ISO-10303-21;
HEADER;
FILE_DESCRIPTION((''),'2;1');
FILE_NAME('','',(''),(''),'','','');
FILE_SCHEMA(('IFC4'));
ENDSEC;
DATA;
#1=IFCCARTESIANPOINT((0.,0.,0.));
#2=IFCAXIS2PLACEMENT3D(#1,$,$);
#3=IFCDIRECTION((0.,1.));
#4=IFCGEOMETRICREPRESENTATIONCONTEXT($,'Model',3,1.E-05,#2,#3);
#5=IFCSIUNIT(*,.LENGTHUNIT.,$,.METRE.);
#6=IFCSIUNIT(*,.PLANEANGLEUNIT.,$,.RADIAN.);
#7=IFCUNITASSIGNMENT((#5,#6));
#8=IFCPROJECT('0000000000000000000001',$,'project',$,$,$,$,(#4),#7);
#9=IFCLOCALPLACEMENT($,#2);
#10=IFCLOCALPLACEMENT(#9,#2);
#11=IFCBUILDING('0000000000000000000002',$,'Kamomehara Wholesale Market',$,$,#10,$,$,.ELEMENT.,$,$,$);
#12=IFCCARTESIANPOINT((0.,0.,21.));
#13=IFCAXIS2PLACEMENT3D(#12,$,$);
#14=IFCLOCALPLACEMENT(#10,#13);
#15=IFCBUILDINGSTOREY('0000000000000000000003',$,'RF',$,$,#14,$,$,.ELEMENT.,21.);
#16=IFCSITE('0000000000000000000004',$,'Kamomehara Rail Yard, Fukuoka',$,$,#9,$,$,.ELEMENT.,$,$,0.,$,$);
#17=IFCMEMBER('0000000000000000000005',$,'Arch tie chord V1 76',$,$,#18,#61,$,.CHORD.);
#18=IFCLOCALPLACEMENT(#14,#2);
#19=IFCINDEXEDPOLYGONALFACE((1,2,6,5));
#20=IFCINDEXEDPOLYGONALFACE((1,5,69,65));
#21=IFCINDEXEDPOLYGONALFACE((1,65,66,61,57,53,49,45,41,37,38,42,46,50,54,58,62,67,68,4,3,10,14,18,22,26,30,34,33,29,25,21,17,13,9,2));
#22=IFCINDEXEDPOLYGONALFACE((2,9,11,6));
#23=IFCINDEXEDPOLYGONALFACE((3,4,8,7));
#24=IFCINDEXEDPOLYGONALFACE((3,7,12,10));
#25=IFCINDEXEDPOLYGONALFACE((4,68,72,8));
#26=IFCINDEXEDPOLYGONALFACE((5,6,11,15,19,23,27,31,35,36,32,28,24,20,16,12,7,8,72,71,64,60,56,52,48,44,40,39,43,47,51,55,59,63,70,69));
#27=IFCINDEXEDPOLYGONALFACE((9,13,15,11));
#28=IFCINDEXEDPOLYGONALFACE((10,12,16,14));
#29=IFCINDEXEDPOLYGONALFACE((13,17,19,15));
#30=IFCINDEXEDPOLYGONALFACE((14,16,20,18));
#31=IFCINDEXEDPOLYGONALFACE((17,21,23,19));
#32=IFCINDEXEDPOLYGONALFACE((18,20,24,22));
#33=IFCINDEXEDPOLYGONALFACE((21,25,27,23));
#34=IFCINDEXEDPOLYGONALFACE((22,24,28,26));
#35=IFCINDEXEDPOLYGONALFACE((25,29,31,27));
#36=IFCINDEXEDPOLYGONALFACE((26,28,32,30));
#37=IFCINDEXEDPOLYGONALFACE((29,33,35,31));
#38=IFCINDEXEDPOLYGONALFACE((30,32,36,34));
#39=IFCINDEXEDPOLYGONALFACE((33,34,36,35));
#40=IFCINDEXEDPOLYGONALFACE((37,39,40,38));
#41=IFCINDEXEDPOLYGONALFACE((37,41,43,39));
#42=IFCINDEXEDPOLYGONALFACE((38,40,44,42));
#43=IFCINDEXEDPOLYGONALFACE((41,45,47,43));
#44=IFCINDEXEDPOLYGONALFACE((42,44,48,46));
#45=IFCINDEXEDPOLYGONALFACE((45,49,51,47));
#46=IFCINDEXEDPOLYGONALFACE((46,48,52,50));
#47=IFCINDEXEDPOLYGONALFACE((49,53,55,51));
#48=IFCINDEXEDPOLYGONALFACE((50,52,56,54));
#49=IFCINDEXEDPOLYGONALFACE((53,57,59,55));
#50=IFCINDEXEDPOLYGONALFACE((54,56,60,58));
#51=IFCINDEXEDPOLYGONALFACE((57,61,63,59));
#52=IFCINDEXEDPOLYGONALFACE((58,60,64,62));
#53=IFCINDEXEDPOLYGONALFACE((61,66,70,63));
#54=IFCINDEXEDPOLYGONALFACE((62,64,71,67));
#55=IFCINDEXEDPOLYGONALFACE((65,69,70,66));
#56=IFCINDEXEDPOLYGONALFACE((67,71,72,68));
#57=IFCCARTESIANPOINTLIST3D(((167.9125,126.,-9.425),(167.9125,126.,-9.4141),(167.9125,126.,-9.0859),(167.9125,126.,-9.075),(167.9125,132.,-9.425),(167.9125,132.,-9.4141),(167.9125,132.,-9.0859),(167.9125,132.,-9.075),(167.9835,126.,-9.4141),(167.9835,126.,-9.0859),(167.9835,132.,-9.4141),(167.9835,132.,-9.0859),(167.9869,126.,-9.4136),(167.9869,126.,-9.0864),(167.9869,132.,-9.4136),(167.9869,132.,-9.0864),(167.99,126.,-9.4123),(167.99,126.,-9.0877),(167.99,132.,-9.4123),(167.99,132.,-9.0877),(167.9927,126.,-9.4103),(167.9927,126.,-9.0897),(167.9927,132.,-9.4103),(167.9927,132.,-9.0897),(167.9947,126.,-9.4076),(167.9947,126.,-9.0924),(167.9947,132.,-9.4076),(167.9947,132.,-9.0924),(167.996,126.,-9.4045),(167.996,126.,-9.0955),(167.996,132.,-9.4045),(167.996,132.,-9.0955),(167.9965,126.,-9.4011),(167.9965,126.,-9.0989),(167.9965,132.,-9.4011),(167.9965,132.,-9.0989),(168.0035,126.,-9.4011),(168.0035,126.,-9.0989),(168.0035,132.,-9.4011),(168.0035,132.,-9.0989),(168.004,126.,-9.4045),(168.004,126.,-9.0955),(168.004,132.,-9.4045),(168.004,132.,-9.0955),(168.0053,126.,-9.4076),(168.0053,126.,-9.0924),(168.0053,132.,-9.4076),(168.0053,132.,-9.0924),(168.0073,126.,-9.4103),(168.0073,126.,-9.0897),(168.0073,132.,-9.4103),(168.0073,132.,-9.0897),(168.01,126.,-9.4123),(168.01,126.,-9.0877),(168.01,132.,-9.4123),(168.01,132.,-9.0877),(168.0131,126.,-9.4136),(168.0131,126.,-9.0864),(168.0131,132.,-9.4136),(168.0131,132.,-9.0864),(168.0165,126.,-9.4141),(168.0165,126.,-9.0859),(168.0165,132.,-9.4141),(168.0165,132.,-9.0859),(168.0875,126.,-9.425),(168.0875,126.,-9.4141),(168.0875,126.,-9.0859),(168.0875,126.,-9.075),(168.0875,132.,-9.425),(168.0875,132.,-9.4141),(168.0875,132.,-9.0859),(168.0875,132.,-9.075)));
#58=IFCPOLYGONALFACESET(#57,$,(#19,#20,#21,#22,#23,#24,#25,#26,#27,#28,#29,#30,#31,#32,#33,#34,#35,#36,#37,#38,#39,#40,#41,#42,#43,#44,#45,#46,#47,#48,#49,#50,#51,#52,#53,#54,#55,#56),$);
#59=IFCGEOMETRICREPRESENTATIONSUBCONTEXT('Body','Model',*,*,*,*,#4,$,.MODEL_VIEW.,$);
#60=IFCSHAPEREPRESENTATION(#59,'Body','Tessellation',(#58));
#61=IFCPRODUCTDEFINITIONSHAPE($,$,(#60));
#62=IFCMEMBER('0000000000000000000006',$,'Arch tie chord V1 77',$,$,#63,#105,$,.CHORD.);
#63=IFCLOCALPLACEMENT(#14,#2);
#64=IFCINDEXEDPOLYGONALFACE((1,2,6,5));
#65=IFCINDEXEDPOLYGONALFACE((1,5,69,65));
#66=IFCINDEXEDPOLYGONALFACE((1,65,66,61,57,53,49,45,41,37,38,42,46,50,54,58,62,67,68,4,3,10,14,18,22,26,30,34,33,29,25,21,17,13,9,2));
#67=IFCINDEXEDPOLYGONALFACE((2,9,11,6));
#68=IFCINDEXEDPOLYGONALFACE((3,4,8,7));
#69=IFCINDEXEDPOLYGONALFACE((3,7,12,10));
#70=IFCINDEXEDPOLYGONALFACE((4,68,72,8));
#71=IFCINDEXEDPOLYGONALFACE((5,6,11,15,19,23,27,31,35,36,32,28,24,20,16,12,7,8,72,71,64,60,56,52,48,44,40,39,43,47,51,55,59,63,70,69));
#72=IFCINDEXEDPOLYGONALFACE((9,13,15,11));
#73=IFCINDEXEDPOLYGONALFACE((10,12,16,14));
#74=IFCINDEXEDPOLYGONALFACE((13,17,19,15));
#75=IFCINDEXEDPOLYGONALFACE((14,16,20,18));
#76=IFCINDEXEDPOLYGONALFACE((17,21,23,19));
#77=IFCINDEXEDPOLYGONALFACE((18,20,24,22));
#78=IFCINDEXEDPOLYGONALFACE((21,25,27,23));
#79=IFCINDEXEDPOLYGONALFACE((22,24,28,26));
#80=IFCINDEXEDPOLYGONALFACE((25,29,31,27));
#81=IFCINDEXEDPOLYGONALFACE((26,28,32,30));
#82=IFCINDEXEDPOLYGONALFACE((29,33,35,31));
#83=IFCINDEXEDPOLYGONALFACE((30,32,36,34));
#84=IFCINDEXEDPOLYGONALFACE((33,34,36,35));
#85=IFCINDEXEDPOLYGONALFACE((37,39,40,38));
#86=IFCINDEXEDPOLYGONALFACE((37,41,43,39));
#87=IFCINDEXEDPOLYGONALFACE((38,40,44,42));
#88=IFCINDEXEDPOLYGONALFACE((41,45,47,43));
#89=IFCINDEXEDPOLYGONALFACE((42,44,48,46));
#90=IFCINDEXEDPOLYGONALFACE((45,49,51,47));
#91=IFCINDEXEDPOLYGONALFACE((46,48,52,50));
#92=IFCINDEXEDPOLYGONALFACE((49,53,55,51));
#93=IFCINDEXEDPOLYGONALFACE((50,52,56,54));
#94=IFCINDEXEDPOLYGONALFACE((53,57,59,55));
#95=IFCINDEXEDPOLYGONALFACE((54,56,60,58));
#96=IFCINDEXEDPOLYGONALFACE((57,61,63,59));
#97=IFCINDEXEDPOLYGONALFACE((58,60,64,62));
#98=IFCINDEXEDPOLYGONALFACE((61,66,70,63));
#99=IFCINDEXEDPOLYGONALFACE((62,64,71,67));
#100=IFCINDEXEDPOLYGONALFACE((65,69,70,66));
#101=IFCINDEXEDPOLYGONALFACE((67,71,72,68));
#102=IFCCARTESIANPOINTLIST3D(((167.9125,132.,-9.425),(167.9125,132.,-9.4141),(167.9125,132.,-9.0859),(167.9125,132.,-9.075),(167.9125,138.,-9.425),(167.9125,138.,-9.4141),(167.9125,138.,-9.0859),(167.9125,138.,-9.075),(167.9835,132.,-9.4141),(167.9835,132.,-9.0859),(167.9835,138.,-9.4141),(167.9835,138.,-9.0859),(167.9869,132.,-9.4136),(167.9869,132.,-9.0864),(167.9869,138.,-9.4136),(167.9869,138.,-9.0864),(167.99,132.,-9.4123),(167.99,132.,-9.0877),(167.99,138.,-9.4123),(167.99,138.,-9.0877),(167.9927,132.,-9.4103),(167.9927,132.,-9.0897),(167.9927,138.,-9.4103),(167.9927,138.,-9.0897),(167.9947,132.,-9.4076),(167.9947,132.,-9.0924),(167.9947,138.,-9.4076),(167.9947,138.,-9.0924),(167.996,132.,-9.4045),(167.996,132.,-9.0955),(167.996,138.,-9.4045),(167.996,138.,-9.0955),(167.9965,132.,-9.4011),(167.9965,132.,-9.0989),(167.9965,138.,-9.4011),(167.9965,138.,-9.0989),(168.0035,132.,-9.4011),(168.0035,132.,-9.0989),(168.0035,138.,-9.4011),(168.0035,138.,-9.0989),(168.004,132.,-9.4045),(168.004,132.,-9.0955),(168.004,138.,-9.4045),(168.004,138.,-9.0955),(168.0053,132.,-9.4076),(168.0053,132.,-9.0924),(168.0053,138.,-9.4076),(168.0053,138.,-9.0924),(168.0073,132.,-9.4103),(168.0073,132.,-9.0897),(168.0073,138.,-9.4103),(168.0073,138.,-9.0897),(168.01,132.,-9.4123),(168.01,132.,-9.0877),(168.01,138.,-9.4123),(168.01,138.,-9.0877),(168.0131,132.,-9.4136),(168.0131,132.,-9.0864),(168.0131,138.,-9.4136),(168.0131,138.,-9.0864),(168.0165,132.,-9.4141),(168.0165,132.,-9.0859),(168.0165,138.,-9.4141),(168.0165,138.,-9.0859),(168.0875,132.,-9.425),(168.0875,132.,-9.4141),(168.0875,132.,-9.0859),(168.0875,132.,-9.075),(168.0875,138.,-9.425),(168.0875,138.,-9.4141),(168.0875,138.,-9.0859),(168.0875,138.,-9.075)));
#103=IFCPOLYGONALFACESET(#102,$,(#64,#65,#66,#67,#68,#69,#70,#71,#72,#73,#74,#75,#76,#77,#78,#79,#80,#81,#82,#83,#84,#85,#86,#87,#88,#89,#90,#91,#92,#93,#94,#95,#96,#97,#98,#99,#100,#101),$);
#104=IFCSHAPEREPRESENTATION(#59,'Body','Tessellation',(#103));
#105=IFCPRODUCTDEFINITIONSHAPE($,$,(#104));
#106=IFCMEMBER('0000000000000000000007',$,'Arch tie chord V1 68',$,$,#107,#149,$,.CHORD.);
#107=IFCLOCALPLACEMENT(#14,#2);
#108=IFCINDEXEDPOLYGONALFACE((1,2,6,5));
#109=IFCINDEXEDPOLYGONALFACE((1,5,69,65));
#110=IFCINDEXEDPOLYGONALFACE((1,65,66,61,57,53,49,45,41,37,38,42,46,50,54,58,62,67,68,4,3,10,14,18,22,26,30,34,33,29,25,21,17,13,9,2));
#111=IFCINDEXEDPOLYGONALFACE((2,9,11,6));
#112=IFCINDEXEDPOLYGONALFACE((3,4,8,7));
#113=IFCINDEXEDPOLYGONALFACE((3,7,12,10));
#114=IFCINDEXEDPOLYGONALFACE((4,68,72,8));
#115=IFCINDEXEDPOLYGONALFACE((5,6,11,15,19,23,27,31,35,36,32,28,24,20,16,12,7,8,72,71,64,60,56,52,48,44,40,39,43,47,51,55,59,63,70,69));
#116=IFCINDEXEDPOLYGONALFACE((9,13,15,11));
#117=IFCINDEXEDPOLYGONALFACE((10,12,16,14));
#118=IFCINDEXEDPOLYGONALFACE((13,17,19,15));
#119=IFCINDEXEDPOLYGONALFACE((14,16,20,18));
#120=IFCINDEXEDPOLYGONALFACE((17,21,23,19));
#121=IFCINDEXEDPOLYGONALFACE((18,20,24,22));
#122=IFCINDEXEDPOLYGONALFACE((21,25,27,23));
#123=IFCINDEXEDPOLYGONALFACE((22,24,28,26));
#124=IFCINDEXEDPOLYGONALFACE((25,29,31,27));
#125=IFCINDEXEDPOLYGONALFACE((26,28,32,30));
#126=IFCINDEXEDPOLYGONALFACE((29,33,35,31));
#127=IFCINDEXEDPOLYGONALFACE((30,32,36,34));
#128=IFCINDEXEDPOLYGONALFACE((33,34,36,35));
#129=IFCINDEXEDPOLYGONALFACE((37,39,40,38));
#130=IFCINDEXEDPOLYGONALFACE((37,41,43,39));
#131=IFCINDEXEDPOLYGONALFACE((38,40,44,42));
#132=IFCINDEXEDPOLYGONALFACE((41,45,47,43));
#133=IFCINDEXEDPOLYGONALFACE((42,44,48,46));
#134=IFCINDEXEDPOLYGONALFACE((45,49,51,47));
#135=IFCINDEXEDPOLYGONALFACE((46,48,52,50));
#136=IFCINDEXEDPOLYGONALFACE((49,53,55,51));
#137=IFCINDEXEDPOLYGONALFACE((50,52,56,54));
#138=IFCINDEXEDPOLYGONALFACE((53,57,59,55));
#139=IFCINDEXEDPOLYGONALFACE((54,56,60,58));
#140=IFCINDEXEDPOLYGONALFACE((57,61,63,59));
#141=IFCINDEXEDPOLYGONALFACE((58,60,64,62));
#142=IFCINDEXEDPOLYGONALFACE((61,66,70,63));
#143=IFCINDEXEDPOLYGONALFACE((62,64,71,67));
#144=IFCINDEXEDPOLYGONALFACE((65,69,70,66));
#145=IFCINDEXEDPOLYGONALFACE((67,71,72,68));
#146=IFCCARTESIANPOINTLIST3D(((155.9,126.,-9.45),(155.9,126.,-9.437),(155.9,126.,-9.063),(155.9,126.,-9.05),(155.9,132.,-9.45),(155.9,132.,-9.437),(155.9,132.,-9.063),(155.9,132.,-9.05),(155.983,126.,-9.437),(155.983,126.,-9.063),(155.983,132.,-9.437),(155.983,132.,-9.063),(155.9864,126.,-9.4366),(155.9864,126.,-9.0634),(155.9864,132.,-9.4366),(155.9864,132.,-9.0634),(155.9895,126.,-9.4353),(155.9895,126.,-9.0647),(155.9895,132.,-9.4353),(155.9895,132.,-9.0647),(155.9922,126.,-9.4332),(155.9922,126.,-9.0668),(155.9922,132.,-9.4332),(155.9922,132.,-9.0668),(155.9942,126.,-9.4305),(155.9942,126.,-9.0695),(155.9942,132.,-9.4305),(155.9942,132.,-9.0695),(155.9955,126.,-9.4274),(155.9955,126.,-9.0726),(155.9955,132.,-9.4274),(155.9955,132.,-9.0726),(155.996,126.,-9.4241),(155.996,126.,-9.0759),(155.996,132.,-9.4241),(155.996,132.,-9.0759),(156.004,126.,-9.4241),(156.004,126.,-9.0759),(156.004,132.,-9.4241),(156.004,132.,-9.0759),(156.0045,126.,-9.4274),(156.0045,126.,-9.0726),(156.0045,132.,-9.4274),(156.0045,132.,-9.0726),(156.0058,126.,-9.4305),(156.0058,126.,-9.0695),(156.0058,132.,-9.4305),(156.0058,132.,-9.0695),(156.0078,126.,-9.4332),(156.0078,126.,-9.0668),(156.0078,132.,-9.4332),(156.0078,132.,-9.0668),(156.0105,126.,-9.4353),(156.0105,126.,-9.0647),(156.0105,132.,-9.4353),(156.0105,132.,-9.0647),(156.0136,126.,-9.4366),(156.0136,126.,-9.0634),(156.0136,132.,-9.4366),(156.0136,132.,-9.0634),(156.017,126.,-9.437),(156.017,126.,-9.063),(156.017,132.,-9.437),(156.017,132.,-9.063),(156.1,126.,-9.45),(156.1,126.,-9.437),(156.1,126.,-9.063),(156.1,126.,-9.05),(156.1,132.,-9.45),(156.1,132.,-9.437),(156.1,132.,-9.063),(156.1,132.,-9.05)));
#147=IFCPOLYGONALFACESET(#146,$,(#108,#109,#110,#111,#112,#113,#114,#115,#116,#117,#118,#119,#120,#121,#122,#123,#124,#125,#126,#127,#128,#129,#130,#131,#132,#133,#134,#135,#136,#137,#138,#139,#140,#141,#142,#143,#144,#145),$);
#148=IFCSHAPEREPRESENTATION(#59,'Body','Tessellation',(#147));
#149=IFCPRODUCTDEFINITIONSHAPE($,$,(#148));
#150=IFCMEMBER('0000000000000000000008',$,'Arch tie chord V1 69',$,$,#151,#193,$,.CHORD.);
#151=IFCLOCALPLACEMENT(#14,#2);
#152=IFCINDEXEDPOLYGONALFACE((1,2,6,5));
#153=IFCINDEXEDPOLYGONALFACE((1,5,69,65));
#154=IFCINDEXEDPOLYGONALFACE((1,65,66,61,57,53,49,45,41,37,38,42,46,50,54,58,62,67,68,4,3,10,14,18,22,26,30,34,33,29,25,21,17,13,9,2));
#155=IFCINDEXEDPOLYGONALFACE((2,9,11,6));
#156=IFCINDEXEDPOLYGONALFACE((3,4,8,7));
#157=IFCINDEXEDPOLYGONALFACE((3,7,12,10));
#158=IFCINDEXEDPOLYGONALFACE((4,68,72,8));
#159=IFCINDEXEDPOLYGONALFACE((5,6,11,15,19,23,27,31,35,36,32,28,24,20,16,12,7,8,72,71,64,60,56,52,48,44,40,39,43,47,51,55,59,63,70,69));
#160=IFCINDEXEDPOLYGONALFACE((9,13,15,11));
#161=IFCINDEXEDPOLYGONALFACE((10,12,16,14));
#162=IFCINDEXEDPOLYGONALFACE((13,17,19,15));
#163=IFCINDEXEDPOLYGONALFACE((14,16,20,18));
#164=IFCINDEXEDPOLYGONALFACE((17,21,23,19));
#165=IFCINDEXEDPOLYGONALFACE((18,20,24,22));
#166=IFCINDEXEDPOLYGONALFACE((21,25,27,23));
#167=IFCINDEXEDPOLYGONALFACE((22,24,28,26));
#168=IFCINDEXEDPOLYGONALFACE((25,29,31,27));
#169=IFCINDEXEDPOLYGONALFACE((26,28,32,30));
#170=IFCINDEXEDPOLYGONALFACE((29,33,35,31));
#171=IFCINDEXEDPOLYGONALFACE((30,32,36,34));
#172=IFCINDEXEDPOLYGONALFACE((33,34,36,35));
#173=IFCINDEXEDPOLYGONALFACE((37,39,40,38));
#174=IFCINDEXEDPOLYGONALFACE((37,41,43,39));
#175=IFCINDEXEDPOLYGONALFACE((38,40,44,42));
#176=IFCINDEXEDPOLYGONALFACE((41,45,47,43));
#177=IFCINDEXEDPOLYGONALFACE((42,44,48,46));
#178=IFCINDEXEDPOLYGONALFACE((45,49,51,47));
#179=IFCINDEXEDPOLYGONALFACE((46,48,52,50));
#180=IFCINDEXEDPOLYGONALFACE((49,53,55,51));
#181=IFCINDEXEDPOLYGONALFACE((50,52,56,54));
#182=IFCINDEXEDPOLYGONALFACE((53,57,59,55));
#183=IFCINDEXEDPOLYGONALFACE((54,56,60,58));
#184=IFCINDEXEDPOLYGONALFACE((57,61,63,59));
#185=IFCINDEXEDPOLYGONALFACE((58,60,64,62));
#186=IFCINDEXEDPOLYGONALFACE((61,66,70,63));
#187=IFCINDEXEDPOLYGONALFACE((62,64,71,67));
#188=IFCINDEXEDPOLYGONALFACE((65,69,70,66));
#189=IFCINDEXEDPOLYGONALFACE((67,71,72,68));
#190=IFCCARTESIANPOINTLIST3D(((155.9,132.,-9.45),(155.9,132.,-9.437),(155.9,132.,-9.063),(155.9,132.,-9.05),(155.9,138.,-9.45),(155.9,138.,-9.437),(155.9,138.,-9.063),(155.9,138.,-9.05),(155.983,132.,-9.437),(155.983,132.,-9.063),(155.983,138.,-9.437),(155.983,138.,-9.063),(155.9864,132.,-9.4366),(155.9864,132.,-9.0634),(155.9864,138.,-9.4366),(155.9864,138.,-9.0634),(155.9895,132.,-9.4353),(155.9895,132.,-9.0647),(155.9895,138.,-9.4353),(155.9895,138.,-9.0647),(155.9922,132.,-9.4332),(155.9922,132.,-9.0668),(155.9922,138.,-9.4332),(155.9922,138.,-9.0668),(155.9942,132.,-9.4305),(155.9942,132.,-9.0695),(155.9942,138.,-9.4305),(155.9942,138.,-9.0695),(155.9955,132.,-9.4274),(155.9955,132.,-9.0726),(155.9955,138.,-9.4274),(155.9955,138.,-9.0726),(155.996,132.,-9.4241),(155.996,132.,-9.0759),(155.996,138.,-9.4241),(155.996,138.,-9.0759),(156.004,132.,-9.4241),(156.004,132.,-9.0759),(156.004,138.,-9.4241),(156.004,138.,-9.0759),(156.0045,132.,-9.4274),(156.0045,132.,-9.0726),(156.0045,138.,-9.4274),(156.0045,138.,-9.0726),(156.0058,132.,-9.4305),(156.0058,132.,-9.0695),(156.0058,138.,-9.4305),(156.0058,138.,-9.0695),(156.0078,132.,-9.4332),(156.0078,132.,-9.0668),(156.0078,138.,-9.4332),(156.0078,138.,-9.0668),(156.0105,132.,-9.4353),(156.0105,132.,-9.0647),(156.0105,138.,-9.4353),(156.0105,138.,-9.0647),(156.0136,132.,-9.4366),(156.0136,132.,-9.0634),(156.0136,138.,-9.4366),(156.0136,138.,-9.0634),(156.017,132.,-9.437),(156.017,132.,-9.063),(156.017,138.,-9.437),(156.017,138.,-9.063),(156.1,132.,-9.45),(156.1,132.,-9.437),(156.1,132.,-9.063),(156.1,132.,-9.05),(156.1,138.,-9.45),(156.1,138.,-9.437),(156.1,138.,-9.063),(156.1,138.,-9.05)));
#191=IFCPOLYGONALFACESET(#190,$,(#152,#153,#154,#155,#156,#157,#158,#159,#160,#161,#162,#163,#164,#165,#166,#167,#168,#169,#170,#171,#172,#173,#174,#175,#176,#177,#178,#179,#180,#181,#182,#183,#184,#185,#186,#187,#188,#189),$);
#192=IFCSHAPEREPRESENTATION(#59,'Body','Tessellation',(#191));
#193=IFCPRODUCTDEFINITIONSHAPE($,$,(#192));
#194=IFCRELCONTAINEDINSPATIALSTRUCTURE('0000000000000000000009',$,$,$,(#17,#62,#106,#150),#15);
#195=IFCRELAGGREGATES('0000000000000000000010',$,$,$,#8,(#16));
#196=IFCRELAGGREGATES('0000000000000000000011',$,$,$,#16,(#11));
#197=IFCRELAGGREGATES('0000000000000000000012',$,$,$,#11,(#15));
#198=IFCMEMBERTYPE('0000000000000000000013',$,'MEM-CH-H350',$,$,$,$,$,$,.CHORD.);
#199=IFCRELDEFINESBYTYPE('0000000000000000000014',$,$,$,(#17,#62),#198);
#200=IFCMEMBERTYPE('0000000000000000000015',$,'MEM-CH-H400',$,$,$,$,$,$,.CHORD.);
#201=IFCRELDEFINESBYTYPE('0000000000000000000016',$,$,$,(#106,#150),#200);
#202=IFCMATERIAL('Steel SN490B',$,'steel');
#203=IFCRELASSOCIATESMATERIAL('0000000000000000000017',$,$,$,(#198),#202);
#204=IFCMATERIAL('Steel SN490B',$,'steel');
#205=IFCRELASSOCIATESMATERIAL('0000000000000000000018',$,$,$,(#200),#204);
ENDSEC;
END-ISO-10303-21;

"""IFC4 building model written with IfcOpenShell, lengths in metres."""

from ifc_helpers import new_model, si_unit, direction, frame, origin, origin_2d, place, context, subcontext, project, spatial, i_section, extrude, material, material_profile, profile_set, type_object, element, save


model = new_model("IFC4")

# Units and contexts
model_context = context("Model", 3, precision=1e-05, world=origin(), true_north=direction((0.0, 1.0)))
body_context = subcontext(model_context, "Body", "Model", "MODEL_VIEW")
ifc_project = project(units=[si_unit("LENGTHUNIT", "METRE"), si_unit("PLANEANGLEUNIT", "RADIAN")], contexts=[model_context])

# Site, building, storey
site_placement = place(None, origin())
site = spatial("IfcSite", under=ifc_project, at=site_placement, Name="Kamomehara Rail Yard, Fukuoka", CompositionType="ELEMENT", RefElevation=0.0)
building_placement = place(site_placement, origin())
building = spatial("IfcBuilding", under=site, at=building_placement, Name="Kamomehara Wholesale Market", CompositionType="ELEMENT")
storey_placement = place(building_placement, frame((0.0, 0.0, 21.0)))
storey = spatial("IfcBuildingStorey", under=building, at=storey_placement, Name="RF", CompositionType="ELEMENT", Elevation=21.0)

# Members
ifc_material_1 = material(Name="Steel SN490B", Category="steel")
ifc_material_profile_1 = material_profile(ifc_material_1, i_section(OverallWidth=0.175, OverallDepth=0.3501, WebThickness=0.0071, FlangeThickness=0.011, FilletRadius=0.0129, at=origin_2d()), Name="H-350x175x7x11")
ifc_profile_set_1 = profile_set([ifc_material_profile_1], Name="Steel SN490B")
member_type_1 = type_object("IfcMemberType", Name="MEM-CH-H350", PredefinedType="CHORD", material=ifc_profile_set_1)
for number, where, z_axis, x_axis, name in (
    (1, (168.0, 126.0, -9.25), (0.0, 1.0, 0.0), (-1.0, 0.0, 0.0), "Arch tie chord V1 76"),
    (2, (168.0, 132.0, -9.25), (0.0, 1.0, 0.0), (-1.0, 0.0, 0.0), "Arch tie chord V1 77"),
):
    element("IfcMember", number, at=place(storey_placement, frame(where, z_axis=z_axis, x_axis=x_axis)), inside=storey, type_object=member_type_1, Name=name, PredefinedType="CHORD", context=body_context, shape_type="SweptSolid", body=[
        extrude(i_section(OverallWidth=0.175, OverallDepth=0.3501, WebThickness=0.0071, FlangeThickness=0.011, FilletRadius=0.0129, at=origin_2d()), origin(), (0.0, 0.0, 1.0), 6.0),
    ])
ifc_material_2 = material(Name="Steel SN490B", Category="steel")
ifc_material_profile_2 = material_profile(ifc_material_2, i_section(OverallWidth=0.2, OverallDepth=0.3999, WebThickness=0.0081, FlangeThickness=0.0129, FilletRadius=0.0129, at=origin_2d()), Name="H-400x200x8x13")
ifc_profile_set_2 = profile_set([ifc_material_profile_2], Name="Steel SN490B")
member_type_2 = type_object("IfcMemberType", Name="MEM-CH-H400", PredefinedType="CHORD", material=ifc_profile_set_2)
for number, where, z_axis, x_axis, name in (
    (3, (156.0, 126.0, -9.25), (0.0, 1.0, 0.0), (-1.0, 0.0, 0.0), "Arch tie chord V1 68"),
    (4, (156.0, 132.0, -9.25), (0.0, 1.0, 0.0), (-1.0, 0.0, 0.0), "Arch tie chord V1 69"),
):
    element("IfcMember", number, at=place(storey_placement, frame(where, z_axis=z_axis, x_axis=x_axis)), inside=storey, type_object=member_type_2, Name=name, PredefinedType="CHORD", context=body_context, shape_type="SweptSolid", body=[
        extrude(i_section(OverallWidth=0.2, OverallDepth=0.3999, WebThickness=0.0081, FlangeThickness=0.0129, FilletRadius=0.0129, at=origin_2d()), origin(), (0.0, 0.0, 1.0), 6.0),
    ])

save(model, "model.ifc")
